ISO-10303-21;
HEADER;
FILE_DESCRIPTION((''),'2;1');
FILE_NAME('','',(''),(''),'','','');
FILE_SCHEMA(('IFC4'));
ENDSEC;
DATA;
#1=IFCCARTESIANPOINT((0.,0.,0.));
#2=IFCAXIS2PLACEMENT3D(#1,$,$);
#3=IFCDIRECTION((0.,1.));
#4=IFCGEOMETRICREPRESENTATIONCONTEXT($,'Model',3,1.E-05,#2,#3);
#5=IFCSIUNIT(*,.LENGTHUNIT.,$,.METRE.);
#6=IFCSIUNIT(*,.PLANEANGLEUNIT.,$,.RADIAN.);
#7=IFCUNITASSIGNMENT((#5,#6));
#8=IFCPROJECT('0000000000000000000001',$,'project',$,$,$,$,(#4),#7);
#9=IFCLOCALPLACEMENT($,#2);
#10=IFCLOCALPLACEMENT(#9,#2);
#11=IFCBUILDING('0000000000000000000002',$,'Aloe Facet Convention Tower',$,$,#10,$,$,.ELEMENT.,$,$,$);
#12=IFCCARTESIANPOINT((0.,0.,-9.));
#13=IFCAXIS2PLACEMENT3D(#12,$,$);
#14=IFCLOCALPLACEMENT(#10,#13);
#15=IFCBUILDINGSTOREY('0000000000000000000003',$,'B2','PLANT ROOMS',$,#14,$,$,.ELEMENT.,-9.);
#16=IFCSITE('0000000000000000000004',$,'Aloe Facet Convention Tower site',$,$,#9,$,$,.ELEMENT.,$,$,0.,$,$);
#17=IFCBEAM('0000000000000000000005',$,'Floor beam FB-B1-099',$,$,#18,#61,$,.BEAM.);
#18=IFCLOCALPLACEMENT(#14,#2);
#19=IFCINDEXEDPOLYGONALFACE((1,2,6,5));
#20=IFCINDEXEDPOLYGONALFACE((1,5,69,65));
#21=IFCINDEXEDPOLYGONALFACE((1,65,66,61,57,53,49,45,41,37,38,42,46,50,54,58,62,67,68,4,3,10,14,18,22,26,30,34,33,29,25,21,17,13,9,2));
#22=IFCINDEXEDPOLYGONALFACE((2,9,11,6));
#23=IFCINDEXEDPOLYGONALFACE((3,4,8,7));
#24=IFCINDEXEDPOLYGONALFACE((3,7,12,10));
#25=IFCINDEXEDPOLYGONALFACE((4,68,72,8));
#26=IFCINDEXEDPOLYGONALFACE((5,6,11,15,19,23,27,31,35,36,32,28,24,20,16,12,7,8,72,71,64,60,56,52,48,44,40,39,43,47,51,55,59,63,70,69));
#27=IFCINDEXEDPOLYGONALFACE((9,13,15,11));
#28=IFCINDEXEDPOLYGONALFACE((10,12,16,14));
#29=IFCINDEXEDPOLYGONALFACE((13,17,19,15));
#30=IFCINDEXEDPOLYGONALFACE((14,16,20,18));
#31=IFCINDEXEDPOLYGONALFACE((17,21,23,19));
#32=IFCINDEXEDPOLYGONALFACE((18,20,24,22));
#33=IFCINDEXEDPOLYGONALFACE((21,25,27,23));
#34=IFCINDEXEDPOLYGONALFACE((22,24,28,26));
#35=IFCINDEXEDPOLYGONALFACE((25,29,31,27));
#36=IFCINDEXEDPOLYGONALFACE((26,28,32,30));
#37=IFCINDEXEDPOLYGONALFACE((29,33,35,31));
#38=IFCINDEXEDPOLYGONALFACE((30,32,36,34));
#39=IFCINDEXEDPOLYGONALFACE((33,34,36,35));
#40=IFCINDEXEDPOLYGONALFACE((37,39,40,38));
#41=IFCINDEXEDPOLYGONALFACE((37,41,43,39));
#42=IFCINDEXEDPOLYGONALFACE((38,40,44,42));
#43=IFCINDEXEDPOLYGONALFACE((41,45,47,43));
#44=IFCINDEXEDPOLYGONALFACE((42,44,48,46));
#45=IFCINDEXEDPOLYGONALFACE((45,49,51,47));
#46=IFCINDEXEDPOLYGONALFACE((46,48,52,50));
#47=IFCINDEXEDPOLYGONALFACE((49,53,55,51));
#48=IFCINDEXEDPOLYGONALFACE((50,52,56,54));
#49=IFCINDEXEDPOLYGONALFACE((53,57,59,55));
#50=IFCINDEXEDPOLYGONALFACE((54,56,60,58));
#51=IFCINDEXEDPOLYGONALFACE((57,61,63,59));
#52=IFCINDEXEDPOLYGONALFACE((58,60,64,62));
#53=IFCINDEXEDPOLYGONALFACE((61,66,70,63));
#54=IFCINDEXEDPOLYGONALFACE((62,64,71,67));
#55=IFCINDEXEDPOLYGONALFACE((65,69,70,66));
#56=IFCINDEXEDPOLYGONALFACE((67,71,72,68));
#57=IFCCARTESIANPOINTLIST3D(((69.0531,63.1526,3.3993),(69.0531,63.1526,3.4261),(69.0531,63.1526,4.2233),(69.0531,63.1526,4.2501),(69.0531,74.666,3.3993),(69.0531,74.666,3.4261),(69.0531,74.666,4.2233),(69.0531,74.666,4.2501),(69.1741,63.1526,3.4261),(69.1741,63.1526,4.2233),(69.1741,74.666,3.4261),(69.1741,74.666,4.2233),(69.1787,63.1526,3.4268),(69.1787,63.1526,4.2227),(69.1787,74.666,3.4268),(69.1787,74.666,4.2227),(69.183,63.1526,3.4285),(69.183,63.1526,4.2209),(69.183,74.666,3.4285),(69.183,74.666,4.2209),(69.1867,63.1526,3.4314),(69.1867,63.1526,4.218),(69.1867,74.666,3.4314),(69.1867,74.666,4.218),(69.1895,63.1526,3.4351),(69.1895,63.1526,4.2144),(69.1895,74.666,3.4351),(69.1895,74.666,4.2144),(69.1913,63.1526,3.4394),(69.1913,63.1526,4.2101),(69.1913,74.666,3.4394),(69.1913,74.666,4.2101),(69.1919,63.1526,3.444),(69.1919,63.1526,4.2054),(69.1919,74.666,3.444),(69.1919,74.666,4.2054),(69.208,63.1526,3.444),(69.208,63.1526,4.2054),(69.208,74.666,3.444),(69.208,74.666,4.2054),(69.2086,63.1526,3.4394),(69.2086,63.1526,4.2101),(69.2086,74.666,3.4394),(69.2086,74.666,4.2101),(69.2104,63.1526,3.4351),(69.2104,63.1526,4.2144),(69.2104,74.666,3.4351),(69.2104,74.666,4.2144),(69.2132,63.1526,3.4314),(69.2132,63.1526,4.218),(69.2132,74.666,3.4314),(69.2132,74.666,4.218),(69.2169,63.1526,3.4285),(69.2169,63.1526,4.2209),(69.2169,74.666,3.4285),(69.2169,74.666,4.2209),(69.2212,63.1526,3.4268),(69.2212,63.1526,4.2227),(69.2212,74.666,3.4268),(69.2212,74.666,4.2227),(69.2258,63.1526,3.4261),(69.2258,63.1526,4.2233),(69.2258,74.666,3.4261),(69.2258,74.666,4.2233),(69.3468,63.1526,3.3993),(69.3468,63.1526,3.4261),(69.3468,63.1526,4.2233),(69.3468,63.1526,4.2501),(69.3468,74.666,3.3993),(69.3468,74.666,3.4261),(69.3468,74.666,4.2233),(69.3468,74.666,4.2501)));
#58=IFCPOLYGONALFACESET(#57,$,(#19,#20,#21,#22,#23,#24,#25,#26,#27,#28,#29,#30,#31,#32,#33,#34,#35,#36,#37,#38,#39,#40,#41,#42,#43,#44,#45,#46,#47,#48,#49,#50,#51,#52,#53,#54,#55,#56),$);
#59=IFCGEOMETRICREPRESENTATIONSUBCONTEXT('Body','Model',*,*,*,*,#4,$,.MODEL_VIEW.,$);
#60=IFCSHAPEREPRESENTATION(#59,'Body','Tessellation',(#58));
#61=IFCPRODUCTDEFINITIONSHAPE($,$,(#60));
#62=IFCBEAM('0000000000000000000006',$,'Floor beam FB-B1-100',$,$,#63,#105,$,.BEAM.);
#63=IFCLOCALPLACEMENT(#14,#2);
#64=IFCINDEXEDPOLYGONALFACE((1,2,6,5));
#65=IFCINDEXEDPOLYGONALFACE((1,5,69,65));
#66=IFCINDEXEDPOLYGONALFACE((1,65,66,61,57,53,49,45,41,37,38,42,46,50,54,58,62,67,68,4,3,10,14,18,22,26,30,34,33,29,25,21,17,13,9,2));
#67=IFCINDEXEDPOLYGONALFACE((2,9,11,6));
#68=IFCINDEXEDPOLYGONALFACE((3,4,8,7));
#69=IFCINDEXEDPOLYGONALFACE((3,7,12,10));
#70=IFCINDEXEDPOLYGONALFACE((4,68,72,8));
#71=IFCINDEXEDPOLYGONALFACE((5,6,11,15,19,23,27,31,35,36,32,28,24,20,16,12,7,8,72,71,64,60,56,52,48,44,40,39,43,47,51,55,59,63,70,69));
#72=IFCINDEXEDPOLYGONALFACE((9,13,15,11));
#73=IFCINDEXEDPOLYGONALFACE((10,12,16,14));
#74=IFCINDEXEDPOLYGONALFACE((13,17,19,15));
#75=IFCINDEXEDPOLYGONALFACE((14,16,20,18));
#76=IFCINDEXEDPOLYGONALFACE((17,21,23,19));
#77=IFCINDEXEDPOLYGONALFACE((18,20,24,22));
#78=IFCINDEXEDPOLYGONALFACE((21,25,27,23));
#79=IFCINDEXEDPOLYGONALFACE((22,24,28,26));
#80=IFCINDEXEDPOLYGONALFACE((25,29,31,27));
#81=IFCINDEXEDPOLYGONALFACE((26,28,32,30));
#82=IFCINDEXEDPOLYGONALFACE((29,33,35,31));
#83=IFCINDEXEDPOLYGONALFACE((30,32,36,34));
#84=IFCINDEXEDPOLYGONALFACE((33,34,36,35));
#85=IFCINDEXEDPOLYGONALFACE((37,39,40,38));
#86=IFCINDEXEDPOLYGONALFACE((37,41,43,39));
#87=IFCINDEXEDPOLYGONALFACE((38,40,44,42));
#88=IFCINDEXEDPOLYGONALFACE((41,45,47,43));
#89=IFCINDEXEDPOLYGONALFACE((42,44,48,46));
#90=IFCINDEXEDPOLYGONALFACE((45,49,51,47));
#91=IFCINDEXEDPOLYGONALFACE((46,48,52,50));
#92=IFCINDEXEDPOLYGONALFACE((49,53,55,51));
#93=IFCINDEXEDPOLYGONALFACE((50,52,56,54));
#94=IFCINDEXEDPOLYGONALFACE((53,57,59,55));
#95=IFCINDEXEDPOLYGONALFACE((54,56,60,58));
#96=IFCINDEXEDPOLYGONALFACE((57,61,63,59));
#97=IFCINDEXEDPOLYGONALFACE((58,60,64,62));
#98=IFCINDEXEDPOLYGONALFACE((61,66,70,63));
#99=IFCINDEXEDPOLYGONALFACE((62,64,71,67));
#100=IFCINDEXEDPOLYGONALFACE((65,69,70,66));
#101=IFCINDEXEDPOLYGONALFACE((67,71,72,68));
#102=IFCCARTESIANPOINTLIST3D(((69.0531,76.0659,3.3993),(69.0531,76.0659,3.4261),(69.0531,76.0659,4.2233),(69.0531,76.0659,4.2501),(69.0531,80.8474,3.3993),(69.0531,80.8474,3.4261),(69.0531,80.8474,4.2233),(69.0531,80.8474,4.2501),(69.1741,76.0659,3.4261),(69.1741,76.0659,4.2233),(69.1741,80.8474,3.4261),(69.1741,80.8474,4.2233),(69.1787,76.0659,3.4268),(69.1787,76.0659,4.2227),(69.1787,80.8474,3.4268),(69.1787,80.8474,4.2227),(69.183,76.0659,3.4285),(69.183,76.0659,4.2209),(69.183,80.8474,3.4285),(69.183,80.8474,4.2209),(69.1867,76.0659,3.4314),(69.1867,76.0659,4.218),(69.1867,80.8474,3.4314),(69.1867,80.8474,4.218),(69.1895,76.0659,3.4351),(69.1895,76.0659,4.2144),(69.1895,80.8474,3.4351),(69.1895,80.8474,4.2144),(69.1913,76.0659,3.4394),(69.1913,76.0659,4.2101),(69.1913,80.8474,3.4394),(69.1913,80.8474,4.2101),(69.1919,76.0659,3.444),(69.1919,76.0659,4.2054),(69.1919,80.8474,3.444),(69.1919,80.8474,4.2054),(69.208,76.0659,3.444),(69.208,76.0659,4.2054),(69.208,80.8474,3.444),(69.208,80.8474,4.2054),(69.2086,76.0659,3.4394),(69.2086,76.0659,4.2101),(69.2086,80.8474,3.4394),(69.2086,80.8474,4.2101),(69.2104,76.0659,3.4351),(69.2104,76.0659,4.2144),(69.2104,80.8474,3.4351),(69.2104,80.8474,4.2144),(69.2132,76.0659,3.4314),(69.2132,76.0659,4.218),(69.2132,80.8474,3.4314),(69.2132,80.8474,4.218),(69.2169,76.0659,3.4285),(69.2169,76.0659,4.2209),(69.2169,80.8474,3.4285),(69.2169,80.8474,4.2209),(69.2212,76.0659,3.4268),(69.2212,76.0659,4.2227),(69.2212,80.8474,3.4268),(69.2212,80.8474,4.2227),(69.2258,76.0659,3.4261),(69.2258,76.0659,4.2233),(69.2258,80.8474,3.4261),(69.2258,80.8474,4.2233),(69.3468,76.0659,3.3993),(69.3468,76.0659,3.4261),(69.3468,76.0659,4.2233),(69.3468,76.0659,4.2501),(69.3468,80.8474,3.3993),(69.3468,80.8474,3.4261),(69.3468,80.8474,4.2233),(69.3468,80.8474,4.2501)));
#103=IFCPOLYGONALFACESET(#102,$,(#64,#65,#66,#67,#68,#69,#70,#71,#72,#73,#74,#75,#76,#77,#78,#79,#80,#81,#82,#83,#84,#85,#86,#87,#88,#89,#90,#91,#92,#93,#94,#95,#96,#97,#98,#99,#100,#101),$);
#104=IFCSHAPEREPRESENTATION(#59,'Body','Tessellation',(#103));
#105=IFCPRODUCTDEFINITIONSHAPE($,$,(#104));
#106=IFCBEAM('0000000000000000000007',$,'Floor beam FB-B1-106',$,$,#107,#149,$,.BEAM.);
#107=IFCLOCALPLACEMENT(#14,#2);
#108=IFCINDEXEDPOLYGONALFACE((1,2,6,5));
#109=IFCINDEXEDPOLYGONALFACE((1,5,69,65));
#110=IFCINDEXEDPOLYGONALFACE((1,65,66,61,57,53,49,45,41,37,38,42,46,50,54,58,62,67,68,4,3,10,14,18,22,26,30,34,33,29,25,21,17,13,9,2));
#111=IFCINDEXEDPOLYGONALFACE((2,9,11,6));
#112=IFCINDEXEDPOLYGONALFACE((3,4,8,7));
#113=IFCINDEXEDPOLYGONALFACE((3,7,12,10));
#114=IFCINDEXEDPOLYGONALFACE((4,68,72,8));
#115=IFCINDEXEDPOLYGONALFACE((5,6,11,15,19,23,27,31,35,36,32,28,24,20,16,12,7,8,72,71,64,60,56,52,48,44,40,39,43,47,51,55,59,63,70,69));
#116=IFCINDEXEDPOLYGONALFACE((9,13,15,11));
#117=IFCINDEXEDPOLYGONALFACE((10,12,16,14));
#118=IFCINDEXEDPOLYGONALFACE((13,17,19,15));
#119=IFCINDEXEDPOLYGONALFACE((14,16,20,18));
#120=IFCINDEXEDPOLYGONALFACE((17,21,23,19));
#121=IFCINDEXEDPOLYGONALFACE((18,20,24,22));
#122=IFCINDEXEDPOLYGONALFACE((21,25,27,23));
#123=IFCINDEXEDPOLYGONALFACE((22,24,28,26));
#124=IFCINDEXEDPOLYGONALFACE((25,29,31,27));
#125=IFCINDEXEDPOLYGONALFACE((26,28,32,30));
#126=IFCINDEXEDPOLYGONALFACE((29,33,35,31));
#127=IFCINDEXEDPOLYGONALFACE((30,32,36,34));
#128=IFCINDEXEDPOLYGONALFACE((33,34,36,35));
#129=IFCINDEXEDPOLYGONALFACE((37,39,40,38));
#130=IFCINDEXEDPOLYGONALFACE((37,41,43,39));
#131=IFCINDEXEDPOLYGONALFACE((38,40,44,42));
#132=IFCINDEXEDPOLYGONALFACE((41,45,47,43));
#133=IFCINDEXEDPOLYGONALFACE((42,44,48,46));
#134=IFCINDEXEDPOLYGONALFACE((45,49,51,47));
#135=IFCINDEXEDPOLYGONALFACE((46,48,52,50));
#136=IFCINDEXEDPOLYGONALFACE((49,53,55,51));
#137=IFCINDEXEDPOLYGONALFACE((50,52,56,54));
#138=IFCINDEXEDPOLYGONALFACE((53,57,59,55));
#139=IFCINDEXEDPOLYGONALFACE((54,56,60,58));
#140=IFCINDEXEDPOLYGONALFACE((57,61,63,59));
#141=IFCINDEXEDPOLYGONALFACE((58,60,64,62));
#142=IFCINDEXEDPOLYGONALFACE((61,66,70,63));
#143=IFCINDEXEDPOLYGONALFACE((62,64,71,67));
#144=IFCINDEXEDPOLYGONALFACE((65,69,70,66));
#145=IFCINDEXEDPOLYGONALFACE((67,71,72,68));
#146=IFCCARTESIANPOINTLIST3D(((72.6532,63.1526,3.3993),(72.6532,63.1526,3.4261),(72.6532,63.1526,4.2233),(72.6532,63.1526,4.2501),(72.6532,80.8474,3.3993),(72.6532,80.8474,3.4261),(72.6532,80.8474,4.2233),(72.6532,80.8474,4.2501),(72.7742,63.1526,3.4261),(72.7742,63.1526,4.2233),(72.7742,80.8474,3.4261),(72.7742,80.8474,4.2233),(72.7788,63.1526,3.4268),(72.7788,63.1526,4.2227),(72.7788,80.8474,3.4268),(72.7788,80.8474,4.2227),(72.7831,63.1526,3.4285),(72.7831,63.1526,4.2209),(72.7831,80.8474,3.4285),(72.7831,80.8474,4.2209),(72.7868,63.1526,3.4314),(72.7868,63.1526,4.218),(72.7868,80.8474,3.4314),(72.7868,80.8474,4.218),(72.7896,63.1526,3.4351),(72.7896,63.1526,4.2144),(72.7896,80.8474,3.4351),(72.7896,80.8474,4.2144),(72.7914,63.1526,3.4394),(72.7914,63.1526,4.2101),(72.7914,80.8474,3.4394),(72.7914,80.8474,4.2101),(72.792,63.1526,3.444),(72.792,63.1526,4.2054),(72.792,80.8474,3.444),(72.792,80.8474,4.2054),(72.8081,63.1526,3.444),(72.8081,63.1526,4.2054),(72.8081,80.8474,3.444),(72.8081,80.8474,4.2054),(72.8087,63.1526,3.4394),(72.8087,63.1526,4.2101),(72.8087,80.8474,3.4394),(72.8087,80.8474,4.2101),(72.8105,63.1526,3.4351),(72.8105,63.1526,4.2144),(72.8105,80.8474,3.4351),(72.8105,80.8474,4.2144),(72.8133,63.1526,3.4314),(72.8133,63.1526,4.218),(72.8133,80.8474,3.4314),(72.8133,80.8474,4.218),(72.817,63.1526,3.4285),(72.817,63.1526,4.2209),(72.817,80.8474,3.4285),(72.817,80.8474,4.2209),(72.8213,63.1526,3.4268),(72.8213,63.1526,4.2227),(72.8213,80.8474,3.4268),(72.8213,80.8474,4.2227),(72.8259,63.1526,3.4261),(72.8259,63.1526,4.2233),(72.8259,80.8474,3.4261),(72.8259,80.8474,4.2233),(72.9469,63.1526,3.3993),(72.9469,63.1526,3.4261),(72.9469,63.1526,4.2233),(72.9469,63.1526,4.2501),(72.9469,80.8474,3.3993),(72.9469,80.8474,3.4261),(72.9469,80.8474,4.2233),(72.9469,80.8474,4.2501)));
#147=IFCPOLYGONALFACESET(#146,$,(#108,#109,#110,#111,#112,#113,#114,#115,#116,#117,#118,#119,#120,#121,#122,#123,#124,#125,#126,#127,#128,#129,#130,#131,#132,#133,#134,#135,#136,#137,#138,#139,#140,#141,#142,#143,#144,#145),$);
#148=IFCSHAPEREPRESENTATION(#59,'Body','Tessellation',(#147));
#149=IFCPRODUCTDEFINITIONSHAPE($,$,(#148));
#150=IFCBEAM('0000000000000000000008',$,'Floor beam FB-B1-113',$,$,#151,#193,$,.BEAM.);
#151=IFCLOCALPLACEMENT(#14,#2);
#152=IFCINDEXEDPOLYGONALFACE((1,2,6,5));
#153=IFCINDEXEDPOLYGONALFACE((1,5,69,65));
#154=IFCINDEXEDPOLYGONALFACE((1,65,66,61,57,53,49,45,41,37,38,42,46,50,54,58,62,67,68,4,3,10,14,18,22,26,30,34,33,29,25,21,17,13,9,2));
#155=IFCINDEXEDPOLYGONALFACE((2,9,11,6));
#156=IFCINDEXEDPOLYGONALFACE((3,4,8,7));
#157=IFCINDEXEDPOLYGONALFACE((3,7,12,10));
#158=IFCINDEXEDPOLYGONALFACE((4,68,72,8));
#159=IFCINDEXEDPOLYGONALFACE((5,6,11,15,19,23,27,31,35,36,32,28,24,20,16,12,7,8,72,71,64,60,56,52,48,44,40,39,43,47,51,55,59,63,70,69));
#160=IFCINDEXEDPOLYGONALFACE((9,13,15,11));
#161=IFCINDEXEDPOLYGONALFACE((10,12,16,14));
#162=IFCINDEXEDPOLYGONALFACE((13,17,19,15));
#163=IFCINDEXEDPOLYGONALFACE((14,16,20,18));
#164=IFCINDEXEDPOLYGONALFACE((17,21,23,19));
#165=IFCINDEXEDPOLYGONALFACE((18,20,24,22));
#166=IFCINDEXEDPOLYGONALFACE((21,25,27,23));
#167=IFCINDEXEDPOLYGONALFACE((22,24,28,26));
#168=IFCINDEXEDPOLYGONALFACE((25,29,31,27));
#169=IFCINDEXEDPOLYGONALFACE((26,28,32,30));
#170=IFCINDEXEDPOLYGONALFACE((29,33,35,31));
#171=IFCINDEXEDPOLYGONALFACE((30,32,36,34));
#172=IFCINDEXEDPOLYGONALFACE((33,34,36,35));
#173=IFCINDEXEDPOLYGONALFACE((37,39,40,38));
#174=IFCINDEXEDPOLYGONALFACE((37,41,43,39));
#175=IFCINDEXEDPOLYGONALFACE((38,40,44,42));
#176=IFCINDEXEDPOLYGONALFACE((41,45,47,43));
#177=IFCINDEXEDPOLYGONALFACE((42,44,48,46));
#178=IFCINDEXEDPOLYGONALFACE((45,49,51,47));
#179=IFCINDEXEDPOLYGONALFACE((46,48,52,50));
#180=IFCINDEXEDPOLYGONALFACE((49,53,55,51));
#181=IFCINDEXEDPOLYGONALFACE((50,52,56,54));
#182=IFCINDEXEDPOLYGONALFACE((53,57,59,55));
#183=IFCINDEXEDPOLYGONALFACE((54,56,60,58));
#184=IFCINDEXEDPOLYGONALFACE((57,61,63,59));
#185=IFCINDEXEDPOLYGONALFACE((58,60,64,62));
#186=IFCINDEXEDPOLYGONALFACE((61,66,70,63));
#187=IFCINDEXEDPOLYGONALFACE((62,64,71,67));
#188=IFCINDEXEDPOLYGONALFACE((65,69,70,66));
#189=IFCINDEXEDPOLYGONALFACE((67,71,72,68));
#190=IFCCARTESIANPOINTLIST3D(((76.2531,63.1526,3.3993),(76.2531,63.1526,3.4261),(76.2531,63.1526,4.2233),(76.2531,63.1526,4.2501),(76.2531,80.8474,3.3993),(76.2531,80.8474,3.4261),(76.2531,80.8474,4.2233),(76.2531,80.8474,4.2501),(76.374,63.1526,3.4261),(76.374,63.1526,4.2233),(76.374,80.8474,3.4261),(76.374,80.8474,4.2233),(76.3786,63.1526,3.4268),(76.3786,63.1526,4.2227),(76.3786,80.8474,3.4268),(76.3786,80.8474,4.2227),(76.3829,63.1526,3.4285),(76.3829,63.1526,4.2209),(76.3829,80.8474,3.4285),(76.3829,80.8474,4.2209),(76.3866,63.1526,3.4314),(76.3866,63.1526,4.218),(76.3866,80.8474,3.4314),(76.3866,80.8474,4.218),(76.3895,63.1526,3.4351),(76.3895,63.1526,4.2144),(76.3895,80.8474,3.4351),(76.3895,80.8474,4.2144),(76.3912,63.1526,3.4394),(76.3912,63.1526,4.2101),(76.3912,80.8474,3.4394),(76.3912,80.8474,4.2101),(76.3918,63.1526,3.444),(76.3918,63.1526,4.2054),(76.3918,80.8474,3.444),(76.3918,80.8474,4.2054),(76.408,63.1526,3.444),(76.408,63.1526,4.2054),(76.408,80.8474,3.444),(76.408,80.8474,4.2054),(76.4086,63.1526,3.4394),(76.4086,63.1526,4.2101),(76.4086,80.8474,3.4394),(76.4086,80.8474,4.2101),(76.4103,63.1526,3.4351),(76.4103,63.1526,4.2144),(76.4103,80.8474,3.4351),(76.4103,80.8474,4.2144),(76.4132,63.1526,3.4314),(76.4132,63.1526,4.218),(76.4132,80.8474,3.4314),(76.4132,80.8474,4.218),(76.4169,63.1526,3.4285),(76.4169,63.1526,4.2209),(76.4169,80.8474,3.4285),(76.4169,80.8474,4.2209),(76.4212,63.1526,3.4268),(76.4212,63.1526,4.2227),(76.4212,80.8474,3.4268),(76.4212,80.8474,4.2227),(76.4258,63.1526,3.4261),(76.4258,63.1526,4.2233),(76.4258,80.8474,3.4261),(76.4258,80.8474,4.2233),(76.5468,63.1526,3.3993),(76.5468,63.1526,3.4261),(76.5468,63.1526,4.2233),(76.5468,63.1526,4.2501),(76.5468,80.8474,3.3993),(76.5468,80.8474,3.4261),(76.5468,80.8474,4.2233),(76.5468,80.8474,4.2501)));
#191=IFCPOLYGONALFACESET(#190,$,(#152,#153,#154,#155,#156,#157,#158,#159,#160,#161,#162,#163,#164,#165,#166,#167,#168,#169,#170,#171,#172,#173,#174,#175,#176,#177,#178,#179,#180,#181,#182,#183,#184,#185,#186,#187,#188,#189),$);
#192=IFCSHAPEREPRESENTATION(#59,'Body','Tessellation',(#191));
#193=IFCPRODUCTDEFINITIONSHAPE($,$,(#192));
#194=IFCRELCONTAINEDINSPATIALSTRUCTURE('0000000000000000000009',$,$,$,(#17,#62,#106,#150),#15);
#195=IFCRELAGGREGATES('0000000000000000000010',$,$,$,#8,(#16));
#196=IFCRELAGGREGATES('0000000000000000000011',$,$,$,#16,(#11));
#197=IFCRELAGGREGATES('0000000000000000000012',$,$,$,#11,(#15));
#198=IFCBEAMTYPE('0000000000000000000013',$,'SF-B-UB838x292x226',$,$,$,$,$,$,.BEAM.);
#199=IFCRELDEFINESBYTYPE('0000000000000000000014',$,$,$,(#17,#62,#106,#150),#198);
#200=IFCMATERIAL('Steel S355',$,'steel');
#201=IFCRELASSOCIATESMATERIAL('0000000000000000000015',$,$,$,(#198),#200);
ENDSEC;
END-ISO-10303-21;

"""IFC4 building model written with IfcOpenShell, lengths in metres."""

from ifc_helpers import new_model, si_unit, direction, frame, origin, origin_2d, place, context, subcontext, project, spatial, i_section, extrude, material, material_profile, profile_set, type_object, element, save


model = new_model("IFC4")

# Units and contexts
model_context = context("Model", 3, precision=1e-05, world=origin(), true_north=direction((0.0, 1.0)))
body_context = subcontext(model_context, "Body", "Model", "MODEL_VIEW")
ifc_project = project(units=[si_unit("LENGTHUNIT", "METRE"), si_unit("PLANEANGLEUNIT", "RADIAN")], contexts=[model_context])

# Site, building, storey
site_placement = place(None, origin())
site = spatial("IfcSite", under=ifc_project, at=site_placement, Name="Aloe Facet Convention Tower site", CompositionType="ELEMENT", RefElevation=0.0)
building_placement = place(site_placement, origin())
building = spatial("IfcBuilding", under=site, at=building_placement, Name="Aloe Facet Convention Tower", CompositionType="ELEMENT")
storey_placement = place(building_placement, frame((0.0, 0.0, -9.0)))
storey = spatial("IfcBuildingStorey", under=building, at=storey_placement, Name="B2", Description="PLANT ROOMS", CompositionType="ELEMENT", Elevation=-9.0)

# Beams
ifc_material_1 = material(Name="Steel S355", Category="steel")
ifc_material_profile_1 = material_profile(ifc_material_1, i_section(OverallWidth=0.2937, OverallDepth=0.8508, WebThickness=0.0161, FlangeThickness=0.0269, FilletRadius=0.0178, at=origin_2d()), Name="UB 838x292x226")
ifc_profile_set_1 = profile_set([ifc_material_profile_1], Name="Steel S355")
beam_type = type_object("IfcBeamType", Name="SF-B-UB838x292x226", PredefinedType="BEAM", material=ifc_profile_set_1)
beam_1_placement = place(storey_placement, frame((69.2, 63.1526, 3.8247), z_axis=(0.0, 1.0, 0.0), x_axis=(-1.0, 0.0, 0.0)))
element("IfcBeam", 1, at=beam_1_placement, inside=storey, type_object=beam_type, Name="Floor beam FB-B1-099", PredefinedType="BEAM", context=body_context, shape_type="SweptSolid", body=[
    extrude(i_section(OverallWidth=0.2937, OverallDepth=0.8508, WebThickness=0.0161, FlangeThickness=0.0269, FilletRadius=0.0178, at=origin_2d()), origin(), (0.0, 0.0, 1.0), 11.5134),
])
beam_2_placement = place(storey_placement, frame((69.2, 76.0659, 3.8247), z_axis=(0.0, 1.0, 0.0), x_axis=(-1.0, 0.0, 0.0)))
element("IfcBeam", 2, at=beam_2_placement, inside=storey, type_object=beam_type, Name="Floor beam FB-B1-100", PredefinedType="BEAM", context=body_context, shape_type="SweptSolid", body=[
    extrude(i_section(OverallWidth=0.2937, OverallDepth=0.8508, WebThickness=0.0161, FlangeThickness=0.0269, FilletRadius=0.0178, at=origin_2d()), origin(), (0.0, 0.0, 1.0), 4.7815),
])
for number, where, z_axis, x_axis, name in (
    (3, (72.8, 63.1526, 3.8247), (0.0, 1.0, 0.0), (-1.0, 0.0, 0.0), "Floor beam FB-B1-106"),
    (4, (76.3999, 63.1526, 3.8247), (0.0, 1.0, 0.0), (-1.0, 0.0, 0.0), "Floor beam FB-B1-113"),
):
    element("IfcBeam", number, at=place(storey_placement, frame(where, z_axis=z_axis, x_axis=x_axis)), inside=storey, type_object=beam_type, Name=name, PredefinedType="BEAM", context=body_context, shape_type="SweptSolid", body=[
        extrude(i_section(OverallWidth=0.2937, OverallDepth=0.8508, WebThickness=0.0161, FlangeThickness=0.0269, FilletRadius=0.0178, at=origin_2d()), origin(), (0.0, 0.0, 1.0), 17.6948),
    ])

save(model, "model.ifc")
